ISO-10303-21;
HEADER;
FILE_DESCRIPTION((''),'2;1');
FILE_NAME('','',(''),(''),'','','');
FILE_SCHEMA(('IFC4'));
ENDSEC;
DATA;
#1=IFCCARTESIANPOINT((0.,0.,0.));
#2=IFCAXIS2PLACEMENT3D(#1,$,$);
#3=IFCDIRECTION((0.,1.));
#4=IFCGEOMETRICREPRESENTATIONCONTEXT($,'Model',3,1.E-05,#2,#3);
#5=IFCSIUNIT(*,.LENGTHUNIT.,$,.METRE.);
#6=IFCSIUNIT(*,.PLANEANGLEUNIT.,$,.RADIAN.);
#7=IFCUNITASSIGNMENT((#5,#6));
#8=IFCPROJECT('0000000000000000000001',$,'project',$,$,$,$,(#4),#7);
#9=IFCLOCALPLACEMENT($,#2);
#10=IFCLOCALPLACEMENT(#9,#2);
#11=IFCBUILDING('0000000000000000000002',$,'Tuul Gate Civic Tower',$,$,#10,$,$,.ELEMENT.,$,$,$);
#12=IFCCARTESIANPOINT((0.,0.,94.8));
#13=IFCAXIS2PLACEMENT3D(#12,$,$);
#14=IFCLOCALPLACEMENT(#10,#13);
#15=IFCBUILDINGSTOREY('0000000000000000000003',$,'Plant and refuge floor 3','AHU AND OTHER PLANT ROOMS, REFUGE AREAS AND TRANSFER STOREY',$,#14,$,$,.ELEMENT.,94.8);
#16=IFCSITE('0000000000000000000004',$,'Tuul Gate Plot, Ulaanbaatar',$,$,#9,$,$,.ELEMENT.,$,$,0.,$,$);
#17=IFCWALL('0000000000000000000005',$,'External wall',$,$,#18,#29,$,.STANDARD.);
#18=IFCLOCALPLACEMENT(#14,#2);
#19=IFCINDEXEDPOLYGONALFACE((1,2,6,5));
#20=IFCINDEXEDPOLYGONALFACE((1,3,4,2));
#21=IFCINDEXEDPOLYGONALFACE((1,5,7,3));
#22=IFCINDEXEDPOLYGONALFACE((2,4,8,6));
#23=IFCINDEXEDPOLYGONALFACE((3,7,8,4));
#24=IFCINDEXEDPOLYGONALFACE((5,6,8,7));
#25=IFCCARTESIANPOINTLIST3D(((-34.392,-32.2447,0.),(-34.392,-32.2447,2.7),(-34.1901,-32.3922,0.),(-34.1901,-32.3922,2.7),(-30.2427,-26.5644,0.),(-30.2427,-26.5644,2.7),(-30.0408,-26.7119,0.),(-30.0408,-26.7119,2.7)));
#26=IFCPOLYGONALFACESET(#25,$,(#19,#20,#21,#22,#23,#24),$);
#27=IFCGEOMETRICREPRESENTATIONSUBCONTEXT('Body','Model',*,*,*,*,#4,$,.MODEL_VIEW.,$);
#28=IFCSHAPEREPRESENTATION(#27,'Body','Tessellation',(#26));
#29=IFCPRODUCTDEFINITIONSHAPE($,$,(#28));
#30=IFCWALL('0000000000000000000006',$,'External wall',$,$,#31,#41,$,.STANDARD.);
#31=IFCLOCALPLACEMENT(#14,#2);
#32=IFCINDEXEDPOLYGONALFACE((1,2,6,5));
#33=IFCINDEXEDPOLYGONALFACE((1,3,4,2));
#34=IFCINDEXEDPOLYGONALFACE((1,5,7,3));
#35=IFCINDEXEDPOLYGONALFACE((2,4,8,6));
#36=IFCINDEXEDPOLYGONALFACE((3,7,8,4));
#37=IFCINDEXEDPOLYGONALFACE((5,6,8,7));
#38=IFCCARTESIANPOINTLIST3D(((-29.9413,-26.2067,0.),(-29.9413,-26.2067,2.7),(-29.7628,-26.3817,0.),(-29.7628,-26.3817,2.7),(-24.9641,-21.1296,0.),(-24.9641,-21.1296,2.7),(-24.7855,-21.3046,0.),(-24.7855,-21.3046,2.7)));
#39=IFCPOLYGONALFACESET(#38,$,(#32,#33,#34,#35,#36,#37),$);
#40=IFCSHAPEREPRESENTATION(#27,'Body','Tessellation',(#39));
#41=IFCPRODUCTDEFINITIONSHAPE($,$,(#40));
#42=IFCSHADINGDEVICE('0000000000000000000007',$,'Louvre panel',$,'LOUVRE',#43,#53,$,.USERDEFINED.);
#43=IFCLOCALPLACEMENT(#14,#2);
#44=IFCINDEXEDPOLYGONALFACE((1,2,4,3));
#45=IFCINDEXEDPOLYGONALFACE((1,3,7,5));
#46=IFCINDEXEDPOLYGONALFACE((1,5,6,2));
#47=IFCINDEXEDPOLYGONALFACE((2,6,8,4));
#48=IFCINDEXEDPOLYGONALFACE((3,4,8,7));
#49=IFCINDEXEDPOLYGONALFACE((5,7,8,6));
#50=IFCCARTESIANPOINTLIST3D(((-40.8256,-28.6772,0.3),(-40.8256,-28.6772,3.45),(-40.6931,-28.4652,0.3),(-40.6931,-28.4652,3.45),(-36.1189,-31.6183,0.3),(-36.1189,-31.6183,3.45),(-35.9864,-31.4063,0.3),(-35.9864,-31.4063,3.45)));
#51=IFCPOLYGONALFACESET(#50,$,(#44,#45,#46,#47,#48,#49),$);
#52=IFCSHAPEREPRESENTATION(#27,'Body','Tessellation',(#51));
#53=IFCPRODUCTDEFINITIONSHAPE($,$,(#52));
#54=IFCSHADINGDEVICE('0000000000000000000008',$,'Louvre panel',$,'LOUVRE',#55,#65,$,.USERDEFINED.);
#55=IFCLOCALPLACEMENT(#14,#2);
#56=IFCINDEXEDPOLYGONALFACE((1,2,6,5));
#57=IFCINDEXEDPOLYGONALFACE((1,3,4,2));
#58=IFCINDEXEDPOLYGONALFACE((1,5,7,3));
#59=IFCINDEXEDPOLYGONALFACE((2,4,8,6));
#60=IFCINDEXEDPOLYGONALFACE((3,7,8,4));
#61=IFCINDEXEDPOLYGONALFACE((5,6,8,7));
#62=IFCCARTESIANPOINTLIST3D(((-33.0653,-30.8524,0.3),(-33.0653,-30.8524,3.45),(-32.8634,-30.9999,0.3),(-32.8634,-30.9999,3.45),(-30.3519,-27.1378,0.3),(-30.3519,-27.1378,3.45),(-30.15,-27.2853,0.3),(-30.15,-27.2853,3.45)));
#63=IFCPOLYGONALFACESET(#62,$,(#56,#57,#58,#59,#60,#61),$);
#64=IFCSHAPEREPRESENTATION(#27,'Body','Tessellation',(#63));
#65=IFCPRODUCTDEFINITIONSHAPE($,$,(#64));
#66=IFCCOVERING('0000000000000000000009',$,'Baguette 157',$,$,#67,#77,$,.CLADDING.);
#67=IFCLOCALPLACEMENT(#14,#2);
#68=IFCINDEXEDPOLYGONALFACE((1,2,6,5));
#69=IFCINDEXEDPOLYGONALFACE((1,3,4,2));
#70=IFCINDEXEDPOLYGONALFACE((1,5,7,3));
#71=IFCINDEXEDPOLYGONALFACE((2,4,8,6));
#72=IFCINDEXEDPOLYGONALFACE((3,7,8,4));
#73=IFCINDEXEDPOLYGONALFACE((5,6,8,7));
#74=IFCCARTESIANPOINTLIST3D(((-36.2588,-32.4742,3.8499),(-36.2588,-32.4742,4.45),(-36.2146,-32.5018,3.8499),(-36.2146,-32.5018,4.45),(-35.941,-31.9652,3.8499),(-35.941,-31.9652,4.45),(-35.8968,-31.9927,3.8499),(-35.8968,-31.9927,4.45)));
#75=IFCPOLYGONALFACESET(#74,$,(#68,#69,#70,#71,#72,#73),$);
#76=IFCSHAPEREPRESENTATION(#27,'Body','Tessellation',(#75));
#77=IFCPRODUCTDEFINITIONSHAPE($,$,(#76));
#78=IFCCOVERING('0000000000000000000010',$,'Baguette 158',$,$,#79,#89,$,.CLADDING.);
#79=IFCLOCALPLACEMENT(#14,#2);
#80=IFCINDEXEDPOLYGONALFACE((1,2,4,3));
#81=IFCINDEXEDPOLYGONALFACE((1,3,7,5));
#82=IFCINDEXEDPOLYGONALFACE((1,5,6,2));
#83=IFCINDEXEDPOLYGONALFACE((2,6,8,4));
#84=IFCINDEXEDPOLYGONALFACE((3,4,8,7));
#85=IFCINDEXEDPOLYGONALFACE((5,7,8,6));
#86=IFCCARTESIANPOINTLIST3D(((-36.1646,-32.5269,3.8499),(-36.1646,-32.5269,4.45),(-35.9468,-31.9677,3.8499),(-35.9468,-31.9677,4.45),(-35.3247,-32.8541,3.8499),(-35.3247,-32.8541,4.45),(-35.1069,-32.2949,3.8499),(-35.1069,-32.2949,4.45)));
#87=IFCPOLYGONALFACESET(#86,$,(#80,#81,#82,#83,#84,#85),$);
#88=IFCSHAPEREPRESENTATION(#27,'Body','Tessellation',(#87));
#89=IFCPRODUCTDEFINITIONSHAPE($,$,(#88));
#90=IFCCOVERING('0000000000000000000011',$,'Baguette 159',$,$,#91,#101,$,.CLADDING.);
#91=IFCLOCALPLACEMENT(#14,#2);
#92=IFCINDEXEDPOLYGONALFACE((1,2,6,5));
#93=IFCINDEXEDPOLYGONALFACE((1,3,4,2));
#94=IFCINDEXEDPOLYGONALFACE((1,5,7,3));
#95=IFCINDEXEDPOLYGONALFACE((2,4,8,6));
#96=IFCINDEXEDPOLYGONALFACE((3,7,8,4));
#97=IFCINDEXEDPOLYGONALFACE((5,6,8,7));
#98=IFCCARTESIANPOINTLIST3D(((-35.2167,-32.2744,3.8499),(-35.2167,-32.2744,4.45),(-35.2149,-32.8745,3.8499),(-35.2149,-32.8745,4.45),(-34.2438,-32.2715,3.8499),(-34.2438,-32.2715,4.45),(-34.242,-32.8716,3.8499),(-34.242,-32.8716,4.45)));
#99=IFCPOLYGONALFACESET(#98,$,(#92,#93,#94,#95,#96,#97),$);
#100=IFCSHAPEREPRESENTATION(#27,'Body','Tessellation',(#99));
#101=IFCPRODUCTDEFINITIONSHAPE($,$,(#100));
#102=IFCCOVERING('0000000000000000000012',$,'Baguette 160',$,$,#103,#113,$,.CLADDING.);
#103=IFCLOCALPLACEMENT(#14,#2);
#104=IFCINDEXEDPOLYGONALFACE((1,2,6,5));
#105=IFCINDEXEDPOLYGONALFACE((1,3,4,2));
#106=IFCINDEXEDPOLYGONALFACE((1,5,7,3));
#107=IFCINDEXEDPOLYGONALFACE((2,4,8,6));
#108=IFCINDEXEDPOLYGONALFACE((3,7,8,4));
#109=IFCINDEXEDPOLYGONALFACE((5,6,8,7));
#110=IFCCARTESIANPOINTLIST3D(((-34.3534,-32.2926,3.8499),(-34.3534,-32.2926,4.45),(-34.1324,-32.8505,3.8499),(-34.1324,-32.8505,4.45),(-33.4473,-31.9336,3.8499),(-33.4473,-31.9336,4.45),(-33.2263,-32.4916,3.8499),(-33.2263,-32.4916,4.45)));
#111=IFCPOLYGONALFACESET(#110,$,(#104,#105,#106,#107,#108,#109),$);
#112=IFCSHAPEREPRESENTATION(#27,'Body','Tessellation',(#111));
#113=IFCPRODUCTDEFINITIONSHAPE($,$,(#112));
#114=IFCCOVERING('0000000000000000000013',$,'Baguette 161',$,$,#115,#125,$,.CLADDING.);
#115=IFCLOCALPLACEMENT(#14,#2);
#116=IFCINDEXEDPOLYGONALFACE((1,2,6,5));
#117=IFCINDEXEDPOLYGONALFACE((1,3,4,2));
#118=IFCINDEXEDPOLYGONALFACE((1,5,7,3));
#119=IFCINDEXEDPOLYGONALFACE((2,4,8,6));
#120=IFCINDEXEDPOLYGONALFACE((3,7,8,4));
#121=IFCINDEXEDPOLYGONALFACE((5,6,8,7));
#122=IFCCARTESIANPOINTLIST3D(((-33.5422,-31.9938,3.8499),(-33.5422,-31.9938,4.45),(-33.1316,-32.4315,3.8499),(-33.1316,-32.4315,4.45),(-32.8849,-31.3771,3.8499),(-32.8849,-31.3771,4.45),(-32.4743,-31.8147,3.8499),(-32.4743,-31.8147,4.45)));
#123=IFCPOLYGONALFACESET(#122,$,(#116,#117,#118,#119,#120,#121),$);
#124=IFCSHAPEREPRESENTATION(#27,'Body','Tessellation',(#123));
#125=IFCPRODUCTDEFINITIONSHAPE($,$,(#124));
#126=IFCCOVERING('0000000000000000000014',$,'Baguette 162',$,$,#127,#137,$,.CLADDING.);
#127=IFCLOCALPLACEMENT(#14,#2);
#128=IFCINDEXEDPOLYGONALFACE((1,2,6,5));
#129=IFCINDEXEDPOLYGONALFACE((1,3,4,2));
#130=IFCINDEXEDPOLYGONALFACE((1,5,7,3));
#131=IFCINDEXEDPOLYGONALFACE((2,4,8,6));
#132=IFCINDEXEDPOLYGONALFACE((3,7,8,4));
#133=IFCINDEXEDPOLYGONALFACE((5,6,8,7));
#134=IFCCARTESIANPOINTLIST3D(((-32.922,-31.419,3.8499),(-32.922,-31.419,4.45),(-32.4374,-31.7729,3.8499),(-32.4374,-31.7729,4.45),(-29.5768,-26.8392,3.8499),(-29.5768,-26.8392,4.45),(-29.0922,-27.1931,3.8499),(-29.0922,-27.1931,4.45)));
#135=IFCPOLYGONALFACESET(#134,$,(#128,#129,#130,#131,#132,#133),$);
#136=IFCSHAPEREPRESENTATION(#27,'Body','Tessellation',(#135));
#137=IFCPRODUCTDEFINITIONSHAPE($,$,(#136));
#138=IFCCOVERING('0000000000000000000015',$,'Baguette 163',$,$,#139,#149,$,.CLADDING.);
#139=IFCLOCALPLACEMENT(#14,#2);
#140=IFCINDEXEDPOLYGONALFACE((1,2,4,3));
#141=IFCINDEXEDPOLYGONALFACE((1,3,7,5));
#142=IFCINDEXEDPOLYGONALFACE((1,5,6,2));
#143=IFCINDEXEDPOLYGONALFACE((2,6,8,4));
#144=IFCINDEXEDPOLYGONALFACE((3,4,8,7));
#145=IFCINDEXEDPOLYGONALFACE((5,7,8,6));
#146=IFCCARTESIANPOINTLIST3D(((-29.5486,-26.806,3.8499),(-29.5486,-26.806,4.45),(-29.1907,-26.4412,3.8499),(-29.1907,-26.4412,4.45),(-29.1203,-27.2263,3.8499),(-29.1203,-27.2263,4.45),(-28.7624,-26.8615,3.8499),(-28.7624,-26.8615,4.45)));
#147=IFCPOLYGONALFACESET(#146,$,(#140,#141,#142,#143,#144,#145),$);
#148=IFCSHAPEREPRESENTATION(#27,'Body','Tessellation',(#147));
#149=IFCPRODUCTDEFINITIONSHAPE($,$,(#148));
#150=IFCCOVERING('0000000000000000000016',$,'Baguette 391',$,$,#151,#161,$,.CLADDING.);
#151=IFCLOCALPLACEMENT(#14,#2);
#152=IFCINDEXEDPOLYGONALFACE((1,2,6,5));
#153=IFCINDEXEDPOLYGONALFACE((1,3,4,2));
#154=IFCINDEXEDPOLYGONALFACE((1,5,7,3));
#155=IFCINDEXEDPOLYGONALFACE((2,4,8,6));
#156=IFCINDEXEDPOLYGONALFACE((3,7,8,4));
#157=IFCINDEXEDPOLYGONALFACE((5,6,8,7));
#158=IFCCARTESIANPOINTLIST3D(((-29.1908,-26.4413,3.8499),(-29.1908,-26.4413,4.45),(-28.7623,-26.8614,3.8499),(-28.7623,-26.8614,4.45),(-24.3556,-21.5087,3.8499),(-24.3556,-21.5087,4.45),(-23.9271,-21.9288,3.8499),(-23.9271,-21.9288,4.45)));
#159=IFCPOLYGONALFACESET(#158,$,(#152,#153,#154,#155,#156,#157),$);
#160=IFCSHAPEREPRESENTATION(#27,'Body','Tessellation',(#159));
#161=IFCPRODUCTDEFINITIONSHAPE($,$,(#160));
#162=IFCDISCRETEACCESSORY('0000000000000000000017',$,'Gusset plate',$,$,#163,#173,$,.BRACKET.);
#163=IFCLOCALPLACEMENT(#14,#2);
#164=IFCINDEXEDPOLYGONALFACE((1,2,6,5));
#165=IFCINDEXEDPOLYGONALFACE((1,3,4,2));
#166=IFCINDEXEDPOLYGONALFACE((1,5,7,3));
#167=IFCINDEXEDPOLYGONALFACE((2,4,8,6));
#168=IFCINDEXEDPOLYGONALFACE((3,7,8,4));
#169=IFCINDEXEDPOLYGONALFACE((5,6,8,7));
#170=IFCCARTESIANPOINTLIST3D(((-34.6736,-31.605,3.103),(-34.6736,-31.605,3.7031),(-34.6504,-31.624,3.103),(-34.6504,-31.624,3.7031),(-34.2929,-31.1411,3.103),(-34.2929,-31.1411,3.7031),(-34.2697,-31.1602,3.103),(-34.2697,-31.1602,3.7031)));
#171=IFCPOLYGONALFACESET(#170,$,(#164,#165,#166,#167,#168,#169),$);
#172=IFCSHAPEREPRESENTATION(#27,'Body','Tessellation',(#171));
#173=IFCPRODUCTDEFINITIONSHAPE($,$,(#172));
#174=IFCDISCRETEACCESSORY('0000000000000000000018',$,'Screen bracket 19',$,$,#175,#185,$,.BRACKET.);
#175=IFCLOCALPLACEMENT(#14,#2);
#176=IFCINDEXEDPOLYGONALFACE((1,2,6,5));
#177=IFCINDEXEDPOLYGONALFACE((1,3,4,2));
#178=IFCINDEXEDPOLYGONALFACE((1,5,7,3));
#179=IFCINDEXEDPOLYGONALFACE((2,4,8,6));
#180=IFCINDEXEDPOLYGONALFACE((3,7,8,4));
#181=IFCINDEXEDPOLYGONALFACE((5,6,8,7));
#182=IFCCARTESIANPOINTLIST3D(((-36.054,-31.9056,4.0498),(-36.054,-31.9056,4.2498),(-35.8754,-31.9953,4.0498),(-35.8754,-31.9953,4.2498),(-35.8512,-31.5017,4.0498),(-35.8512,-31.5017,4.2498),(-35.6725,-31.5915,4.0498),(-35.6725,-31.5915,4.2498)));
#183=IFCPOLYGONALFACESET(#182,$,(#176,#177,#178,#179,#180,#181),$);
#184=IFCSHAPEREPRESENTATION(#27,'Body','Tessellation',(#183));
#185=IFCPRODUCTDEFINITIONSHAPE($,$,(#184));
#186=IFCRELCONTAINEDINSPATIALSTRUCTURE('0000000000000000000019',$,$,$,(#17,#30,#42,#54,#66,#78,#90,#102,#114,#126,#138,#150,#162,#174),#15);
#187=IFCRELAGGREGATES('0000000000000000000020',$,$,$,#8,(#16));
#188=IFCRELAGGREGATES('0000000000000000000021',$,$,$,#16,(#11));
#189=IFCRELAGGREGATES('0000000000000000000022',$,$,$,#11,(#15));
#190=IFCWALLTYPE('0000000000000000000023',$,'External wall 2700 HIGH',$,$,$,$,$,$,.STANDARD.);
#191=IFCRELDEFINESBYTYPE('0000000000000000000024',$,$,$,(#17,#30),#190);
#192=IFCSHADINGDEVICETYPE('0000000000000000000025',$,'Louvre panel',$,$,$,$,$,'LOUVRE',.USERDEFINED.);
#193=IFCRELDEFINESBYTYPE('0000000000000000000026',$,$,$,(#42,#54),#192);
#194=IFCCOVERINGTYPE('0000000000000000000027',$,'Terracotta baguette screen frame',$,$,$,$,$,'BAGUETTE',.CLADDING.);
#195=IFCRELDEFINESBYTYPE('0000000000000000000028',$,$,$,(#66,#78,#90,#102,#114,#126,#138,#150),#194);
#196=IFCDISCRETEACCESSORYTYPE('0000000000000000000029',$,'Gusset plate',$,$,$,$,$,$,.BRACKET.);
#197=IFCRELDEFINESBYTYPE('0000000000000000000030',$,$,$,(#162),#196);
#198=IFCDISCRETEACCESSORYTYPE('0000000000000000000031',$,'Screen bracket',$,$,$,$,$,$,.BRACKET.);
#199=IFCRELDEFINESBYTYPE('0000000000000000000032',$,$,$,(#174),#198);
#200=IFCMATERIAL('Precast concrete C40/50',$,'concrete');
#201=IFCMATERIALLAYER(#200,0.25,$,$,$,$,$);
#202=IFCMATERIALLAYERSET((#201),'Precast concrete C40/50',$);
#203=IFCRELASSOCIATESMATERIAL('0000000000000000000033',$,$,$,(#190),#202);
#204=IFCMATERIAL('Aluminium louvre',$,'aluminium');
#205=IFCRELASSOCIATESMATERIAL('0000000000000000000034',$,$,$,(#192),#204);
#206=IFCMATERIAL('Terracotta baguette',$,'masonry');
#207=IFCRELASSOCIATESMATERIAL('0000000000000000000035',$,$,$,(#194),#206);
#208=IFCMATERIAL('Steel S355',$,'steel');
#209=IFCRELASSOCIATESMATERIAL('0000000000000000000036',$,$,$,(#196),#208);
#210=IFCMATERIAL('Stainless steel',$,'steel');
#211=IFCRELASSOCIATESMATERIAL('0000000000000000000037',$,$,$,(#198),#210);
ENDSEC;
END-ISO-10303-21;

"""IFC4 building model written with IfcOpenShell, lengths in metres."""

from ifc_helpers import new_model, si_unit, direction, frame, frame_2d, origin, origin_2d, place, context, subcontext, project, spatial, rectangle, extrude, material, layer, layer_set, material_profile, profile_set, type_object, element, save


model = new_model("IFC4")

# Units and contexts
model_context = context("Model", 3, precision=1e-05, world=origin(), true_north=direction((0.0, 1.0)))
body_context = subcontext(model_context, "Body", "Model", "MODEL_VIEW")
ifc_project = project(units=[si_unit("LENGTHUNIT", "METRE"), si_unit("PLANEANGLEUNIT", "RADIAN")], contexts=[model_context])

# Site, building, storey
site_placement = place(None, origin())
site = spatial("IfcSite", under=ifc_project, at=site_placement, Name="Tuul Gate Plot, Ulaanbaatar", CompositionType="ELEMENT", RefElevation=0.0)
building_placement = place(site_placement, origin())
building = spatial("IfcBuilding", under=site, at=building_placement, Name="Tuul Gate Civic Tower", CompositionType="ELEMENT")
storey_placement = place(building_placement, frame((0.0, 0.0, 94.8)))
storey = spatial("IfcBuildingStorey", under=building, at=storey_placement, Name="Plant and refuge floor 3", Description="AHU AND OTHER PLANT ROOMS, REFUGE AREAS AND TRANSFER STOREY", CompositionType="ELEMENT", Elevation=94.8)

# Walls
ifc_material_1 = material(Name="Precast concrete C40/50", Category="concrete")
ifc_layer = layer(ifc_material_1, 0.25)
ifc_layer_set = layer_set([ifc_layer], Name="Precast concrete C40/50")
wall_type = type_object("IfcWallType", Name="External wall 2700 HIGH", PredefinedType="STANDARD", material=ifc_layer_set)
wall_1_placement = place(storey_placement, frame((-34.291, -32.3184, 0.0), z_axis=(0.0, 0.0, 1.0), x_axis=(0.589863, 0.807504, 0.0)))
element("IfcWall", 1, at=wall_1_placement, inside=storey, type_object=wall_type, Name="External wall", PredefinedType="STANDARD", context=body_context, shape_type="SweptSolid", body=[
    extrude(rectangle(XDim=7.0344, YDim=0.25, at=frame_2d((3.5171, 0.0))), origin(), (0.0, 0.0, 1.0), 2.7),
])
wall_2_placement = place(storey_placement, frame((-29.8521, -26.2942, 0.0), z_axis=(0.0, 0.0, 1.0), x_axis=(0.70005, 0.714094, 0.0)))
element("IfcWall", 2, at=wall_2_placement, inside=storey, type_object=wall_type, Name="External wall", PredefinedType="STANDARD", context=body_context, shape_type="SweptSolid", body=[
    extrude(rectangle(XDim=7.1099, YDim=0.25, at=frame_2d((3.5549, 0.0))), origin(), (0.0, 0.0, 1.0), 2.7),
])

# Shading devices
ifc_material_2 = material(Name="Aluminium louvre", Category="aluminium")
shading_device_type = type_object("IfcShadingDeviceType", Name="Louvre panel", ElementType="LOUVRE", PredefinedType="USERDEFINED", material=ifc_material_2)
shading_device_1_placement = place(storey_placement, frame((-38.406, -30.0417, 0.3), z_axis=(0.0, 0.0, 1.0), x_axis=(-0.529912, -0.848053, 0.0)))
element("IfcShadingDevice", 3, at=shading_device_1_placement, inside=storey, type_object=shading_device_type, Name="Louvre panel", ObjectType="LOUVRE", PredefinedType="USERDEFINED", context=body_context, shape_type="SweptSolid", body=[
    extrude(rectangle(XDim=0.25, YDim=5.55, at=origin_2d()), origin(), (0.0, 0.0, 1.0), 3.1499),
])
shading_device_2_placement = place(storey_placement, frame((-31.6077, -29.0688, 0.3), z_axis=(0.0, 0.0, 1.0), x_axis=(0.807511, -0.589853, 0.0)))
element("IfcShadingDevice", 4, at=shading_device_2_placement, inside=storey, type_object=shading_device_type, Name="Louvre panel", ObjectType="LOUVRE", PredefinedType="USERDEFINED", context=body_context, shape_type="SweptSolid", body=[
    extrude(rectangle(XDim=0.25, YDim=4.6001, at=origin_2d()), origin(), (0.0, 0.0, 1.0), 3.1499),
])

# Coverings
ifc_material_3 = material(Name="Terracotta baguette", Category="masonry")
ifc_material_profile_1 = material_profile(ifc_material_3, rectangle(XDim=0.6001, YDim=0.6001, at=origin_2d()), Name="Terracotta baguette screen frame")
ifc_profile_set_1 = profile_set([ifc_material_profile_1], Name="Terracotta baguette")
covering_type = type_object("IfcCoveringType", Name="Terracotta baguette screen frame", ElementType="BAGUETTE", PredefinedType="CLADDING", material=ifc_profile_set_1)
covering_1_placement = place(storey_placement, frame((-36.0999, -32.2197, 4.1499), z_axis=(0.848261, -0.529578, 0.0), x_axis=(0.529578, 0.848261, 0.0)))
element("IfcCovering", 5, at=covering_1_placement, inside=storey, type_object=covering_type, Name="Baguette 157", PredefinedType="CLADDING", context=body_context, shape_type="SweptSolid", body=[
    extrude(rectangle(XDim=0.6001, YDim=0.6001, at=origin_2d()), origin(), (0.0, 0.0, 1.0), 0.052),
])
covering_2_placement = place(storey_placement, frame((-36.0557, -32.2473, 4.1499), z_axis=(0.931801, -0.362969, 0.0), x_axis=(0.362969, 0.931801, 0.0)))
element("IfcCovering", 6, at=covering_2_placement, inside=storey, type_object=covering_type, Name="Baguette 158", PredefinedType="CLADDING", context=body_context, shape_type="SweptSolid", body=[
    extrude(rectangle(XDim=0.6001, YDim=0.6001, at=origin_2d()), origin(), (0.0, 0.0, 1.0), 0.9014),
])
covering_3_placement = place(storey_placement, frame((-35.2158, -32.5745, 4.1499), z_axis=(0.999995, 0.003011, 0.0), x_axis=(-0.003011, 0.999995, 0.0)))
element("IfcCovering", 7, at=covering_3_placement, inside=storey, type_object=covering_type, Name="Baguette 159", PredefinedType="CLADDING", context=body_context, shape_type="SweptSolid", body=[
    extrude(rectangle(XDim=0.6001, YDim=0.6001, at=origin_2d()), origin(), (0.0, 0.0, 1.0), 0.9729),
])
covering_4_placement = place(storey_placement, frame((-34.2429, -32.5715, 4.1499), z_axis=(0.929715, 0.368279, 0.0), x_axis=(-0.368279, 0.929715, 0.0)))
element("IfcCovering", 8, at=covering_4_placement, inside=storey, type_object=covering_type, Name="Baguette 160", PredefinedType="CLADDING", context=body_context, shape_type="SweptSolid", body=[
    extrude(rectangle(XDim=0.6001, YDim=0.6001, at=origin_2d()), origin(), (0.0, 0.0, 1.0), 0.9746),
])
covering_5_placement = place(storey_placement, frame((-33.3369, -32.2126, 4.1499), z_axis=(0.729233, 0.684265, 0.0), x_axis=(-0.684265, 0.729233, 0.0)))
element("IfcCovering", 9, at=covering_5_placement, inside=storey, type_object=covering_type, Name="Baguette 161", PredefinedType="CLADDING", context=body_context, shape_type="SweptSolid", body=[
    extrude(rectangle(XDim=0.6001, YDim=0.6001, at=origin_2d()), origin(), (0.0, 0.0, 1.0), 0.9014),
])
covering_6_placement = place(storey_placement, frame((-32.6797, -31.5959, 4.1499), z_axis=(0.589834, 0.807524, 0.0), x_axis=(-0.807524, 0.589834, 0.0)))
element("IfcCovering", 10, at=covering_6_placement, inside=storey, type_object=covering_type, Name="Baguette 162", PredefinedType="CLADDING", context=body_context, shape_type="SweptSolid", body=[
    extrude(rectangle(XDim=0.6001, YDim=0.6001, at=origin_2d()), origin(), (0.0, 0.0, 1.0), 5.6714),
])
covering_7_placement = place(storey_placement, frame((-29.3345, -27.0161, 4.1499), z_axis=(0.700387, 0.713764, 0.0), x_axis=(-0.713764, 0.700387, 0.0)))
element("IfcCovering", 11, at=covering_7_placement, inside=storey, type_object=covering_type, Name="Baguette 163", PredefinedType="CLADDING", context=body_context, shape_type="SweptSolid", body=[
    extrude(rectangle(XDim=0.6001, YDim=0.6001, at=origin_2d()), origin(), (0.0, 0.0, 1.0), 0.511),
])
covering_8_placement = place(storey_placement, frame((-28.9766, -26.6514, 4.1499), z_axis=(0.70002, 0.714123, 0.0), x_axis=(-0.714123, 0.70002, 0.0)))
element("IfcCovering", 12, at=covering_8_placement, inside=storey, type_object=covering_type, Name="Baguette 391", PredefinedType="CLADDING", context=body_context, shape_type="SweptSolid", body=[
    extrude(rectangle(XDim=0.6001, YDim=0.6001, at=origin_2d()), origin(), (0.0, 0.0, 1.0), 6.9072),
])

# Discrete accessories
ifc_material_4 = material(Name="Steel S355", Category="steel")
discrete_accessory_type_1 = type_object("IfcDiscreteAccessoryType", Name="Gusset plate", PredefinedType="BRACKET", material=ifc_material_4)
discrete_accessory_1_placement = place(storey_placement, frame((-34.4717, -31.3826, 3.103), z_axis=(0.0, 0.0, 1.0), x_axis=(0.6344, 0.773005, 0.0)))
element("IfcDiscreteAccessory", 13, at=discrete_accessory_1_placement, inside=storey, type_object=discrete_accessory_type_1, Name="Gusset plate", PredefinedType="BRACKET", context=body_context, shape_type="SweptSolid", body=[
    extrude(rectangle(XDim=0.6001, YDim=0.03, at=origin_2d()), origin(), (0.0, 0.0, 1.0), 0.6001),
])
ifc_material_5 = material(Name="Stainless steel", Category="steel")
discrete_accessory_type_2 = type_object("IfcDiscreteAccessoryType", Name="Screen bracket", PredefinedType="BRACKET", material=ifc_material_5)
discrete_accessory_2_placement = place(storey_placement, frame((-35.8633, -31.7485, 4.0498), z_axis=(0.0, 0.0, 1.0), x_axis=(-0.448836, -0.893614, 0.0)))
element("IfcDiscreteAccessory", 14, at=discrete_accessory_2_placement, inside=storey, type_object=discrete_accessory_type_2, Name="Screen bracket 19", PredefinedType="BRACKET", context=body_context, shape_type="SweptSolid", body=[
    extrude(rectangle(XDim=0.4519, YDim=0.2, at=origin_2d()), origin(), (0.0, 0.0, 1.0), 0.2),
])

save(model, "model.ifc")
